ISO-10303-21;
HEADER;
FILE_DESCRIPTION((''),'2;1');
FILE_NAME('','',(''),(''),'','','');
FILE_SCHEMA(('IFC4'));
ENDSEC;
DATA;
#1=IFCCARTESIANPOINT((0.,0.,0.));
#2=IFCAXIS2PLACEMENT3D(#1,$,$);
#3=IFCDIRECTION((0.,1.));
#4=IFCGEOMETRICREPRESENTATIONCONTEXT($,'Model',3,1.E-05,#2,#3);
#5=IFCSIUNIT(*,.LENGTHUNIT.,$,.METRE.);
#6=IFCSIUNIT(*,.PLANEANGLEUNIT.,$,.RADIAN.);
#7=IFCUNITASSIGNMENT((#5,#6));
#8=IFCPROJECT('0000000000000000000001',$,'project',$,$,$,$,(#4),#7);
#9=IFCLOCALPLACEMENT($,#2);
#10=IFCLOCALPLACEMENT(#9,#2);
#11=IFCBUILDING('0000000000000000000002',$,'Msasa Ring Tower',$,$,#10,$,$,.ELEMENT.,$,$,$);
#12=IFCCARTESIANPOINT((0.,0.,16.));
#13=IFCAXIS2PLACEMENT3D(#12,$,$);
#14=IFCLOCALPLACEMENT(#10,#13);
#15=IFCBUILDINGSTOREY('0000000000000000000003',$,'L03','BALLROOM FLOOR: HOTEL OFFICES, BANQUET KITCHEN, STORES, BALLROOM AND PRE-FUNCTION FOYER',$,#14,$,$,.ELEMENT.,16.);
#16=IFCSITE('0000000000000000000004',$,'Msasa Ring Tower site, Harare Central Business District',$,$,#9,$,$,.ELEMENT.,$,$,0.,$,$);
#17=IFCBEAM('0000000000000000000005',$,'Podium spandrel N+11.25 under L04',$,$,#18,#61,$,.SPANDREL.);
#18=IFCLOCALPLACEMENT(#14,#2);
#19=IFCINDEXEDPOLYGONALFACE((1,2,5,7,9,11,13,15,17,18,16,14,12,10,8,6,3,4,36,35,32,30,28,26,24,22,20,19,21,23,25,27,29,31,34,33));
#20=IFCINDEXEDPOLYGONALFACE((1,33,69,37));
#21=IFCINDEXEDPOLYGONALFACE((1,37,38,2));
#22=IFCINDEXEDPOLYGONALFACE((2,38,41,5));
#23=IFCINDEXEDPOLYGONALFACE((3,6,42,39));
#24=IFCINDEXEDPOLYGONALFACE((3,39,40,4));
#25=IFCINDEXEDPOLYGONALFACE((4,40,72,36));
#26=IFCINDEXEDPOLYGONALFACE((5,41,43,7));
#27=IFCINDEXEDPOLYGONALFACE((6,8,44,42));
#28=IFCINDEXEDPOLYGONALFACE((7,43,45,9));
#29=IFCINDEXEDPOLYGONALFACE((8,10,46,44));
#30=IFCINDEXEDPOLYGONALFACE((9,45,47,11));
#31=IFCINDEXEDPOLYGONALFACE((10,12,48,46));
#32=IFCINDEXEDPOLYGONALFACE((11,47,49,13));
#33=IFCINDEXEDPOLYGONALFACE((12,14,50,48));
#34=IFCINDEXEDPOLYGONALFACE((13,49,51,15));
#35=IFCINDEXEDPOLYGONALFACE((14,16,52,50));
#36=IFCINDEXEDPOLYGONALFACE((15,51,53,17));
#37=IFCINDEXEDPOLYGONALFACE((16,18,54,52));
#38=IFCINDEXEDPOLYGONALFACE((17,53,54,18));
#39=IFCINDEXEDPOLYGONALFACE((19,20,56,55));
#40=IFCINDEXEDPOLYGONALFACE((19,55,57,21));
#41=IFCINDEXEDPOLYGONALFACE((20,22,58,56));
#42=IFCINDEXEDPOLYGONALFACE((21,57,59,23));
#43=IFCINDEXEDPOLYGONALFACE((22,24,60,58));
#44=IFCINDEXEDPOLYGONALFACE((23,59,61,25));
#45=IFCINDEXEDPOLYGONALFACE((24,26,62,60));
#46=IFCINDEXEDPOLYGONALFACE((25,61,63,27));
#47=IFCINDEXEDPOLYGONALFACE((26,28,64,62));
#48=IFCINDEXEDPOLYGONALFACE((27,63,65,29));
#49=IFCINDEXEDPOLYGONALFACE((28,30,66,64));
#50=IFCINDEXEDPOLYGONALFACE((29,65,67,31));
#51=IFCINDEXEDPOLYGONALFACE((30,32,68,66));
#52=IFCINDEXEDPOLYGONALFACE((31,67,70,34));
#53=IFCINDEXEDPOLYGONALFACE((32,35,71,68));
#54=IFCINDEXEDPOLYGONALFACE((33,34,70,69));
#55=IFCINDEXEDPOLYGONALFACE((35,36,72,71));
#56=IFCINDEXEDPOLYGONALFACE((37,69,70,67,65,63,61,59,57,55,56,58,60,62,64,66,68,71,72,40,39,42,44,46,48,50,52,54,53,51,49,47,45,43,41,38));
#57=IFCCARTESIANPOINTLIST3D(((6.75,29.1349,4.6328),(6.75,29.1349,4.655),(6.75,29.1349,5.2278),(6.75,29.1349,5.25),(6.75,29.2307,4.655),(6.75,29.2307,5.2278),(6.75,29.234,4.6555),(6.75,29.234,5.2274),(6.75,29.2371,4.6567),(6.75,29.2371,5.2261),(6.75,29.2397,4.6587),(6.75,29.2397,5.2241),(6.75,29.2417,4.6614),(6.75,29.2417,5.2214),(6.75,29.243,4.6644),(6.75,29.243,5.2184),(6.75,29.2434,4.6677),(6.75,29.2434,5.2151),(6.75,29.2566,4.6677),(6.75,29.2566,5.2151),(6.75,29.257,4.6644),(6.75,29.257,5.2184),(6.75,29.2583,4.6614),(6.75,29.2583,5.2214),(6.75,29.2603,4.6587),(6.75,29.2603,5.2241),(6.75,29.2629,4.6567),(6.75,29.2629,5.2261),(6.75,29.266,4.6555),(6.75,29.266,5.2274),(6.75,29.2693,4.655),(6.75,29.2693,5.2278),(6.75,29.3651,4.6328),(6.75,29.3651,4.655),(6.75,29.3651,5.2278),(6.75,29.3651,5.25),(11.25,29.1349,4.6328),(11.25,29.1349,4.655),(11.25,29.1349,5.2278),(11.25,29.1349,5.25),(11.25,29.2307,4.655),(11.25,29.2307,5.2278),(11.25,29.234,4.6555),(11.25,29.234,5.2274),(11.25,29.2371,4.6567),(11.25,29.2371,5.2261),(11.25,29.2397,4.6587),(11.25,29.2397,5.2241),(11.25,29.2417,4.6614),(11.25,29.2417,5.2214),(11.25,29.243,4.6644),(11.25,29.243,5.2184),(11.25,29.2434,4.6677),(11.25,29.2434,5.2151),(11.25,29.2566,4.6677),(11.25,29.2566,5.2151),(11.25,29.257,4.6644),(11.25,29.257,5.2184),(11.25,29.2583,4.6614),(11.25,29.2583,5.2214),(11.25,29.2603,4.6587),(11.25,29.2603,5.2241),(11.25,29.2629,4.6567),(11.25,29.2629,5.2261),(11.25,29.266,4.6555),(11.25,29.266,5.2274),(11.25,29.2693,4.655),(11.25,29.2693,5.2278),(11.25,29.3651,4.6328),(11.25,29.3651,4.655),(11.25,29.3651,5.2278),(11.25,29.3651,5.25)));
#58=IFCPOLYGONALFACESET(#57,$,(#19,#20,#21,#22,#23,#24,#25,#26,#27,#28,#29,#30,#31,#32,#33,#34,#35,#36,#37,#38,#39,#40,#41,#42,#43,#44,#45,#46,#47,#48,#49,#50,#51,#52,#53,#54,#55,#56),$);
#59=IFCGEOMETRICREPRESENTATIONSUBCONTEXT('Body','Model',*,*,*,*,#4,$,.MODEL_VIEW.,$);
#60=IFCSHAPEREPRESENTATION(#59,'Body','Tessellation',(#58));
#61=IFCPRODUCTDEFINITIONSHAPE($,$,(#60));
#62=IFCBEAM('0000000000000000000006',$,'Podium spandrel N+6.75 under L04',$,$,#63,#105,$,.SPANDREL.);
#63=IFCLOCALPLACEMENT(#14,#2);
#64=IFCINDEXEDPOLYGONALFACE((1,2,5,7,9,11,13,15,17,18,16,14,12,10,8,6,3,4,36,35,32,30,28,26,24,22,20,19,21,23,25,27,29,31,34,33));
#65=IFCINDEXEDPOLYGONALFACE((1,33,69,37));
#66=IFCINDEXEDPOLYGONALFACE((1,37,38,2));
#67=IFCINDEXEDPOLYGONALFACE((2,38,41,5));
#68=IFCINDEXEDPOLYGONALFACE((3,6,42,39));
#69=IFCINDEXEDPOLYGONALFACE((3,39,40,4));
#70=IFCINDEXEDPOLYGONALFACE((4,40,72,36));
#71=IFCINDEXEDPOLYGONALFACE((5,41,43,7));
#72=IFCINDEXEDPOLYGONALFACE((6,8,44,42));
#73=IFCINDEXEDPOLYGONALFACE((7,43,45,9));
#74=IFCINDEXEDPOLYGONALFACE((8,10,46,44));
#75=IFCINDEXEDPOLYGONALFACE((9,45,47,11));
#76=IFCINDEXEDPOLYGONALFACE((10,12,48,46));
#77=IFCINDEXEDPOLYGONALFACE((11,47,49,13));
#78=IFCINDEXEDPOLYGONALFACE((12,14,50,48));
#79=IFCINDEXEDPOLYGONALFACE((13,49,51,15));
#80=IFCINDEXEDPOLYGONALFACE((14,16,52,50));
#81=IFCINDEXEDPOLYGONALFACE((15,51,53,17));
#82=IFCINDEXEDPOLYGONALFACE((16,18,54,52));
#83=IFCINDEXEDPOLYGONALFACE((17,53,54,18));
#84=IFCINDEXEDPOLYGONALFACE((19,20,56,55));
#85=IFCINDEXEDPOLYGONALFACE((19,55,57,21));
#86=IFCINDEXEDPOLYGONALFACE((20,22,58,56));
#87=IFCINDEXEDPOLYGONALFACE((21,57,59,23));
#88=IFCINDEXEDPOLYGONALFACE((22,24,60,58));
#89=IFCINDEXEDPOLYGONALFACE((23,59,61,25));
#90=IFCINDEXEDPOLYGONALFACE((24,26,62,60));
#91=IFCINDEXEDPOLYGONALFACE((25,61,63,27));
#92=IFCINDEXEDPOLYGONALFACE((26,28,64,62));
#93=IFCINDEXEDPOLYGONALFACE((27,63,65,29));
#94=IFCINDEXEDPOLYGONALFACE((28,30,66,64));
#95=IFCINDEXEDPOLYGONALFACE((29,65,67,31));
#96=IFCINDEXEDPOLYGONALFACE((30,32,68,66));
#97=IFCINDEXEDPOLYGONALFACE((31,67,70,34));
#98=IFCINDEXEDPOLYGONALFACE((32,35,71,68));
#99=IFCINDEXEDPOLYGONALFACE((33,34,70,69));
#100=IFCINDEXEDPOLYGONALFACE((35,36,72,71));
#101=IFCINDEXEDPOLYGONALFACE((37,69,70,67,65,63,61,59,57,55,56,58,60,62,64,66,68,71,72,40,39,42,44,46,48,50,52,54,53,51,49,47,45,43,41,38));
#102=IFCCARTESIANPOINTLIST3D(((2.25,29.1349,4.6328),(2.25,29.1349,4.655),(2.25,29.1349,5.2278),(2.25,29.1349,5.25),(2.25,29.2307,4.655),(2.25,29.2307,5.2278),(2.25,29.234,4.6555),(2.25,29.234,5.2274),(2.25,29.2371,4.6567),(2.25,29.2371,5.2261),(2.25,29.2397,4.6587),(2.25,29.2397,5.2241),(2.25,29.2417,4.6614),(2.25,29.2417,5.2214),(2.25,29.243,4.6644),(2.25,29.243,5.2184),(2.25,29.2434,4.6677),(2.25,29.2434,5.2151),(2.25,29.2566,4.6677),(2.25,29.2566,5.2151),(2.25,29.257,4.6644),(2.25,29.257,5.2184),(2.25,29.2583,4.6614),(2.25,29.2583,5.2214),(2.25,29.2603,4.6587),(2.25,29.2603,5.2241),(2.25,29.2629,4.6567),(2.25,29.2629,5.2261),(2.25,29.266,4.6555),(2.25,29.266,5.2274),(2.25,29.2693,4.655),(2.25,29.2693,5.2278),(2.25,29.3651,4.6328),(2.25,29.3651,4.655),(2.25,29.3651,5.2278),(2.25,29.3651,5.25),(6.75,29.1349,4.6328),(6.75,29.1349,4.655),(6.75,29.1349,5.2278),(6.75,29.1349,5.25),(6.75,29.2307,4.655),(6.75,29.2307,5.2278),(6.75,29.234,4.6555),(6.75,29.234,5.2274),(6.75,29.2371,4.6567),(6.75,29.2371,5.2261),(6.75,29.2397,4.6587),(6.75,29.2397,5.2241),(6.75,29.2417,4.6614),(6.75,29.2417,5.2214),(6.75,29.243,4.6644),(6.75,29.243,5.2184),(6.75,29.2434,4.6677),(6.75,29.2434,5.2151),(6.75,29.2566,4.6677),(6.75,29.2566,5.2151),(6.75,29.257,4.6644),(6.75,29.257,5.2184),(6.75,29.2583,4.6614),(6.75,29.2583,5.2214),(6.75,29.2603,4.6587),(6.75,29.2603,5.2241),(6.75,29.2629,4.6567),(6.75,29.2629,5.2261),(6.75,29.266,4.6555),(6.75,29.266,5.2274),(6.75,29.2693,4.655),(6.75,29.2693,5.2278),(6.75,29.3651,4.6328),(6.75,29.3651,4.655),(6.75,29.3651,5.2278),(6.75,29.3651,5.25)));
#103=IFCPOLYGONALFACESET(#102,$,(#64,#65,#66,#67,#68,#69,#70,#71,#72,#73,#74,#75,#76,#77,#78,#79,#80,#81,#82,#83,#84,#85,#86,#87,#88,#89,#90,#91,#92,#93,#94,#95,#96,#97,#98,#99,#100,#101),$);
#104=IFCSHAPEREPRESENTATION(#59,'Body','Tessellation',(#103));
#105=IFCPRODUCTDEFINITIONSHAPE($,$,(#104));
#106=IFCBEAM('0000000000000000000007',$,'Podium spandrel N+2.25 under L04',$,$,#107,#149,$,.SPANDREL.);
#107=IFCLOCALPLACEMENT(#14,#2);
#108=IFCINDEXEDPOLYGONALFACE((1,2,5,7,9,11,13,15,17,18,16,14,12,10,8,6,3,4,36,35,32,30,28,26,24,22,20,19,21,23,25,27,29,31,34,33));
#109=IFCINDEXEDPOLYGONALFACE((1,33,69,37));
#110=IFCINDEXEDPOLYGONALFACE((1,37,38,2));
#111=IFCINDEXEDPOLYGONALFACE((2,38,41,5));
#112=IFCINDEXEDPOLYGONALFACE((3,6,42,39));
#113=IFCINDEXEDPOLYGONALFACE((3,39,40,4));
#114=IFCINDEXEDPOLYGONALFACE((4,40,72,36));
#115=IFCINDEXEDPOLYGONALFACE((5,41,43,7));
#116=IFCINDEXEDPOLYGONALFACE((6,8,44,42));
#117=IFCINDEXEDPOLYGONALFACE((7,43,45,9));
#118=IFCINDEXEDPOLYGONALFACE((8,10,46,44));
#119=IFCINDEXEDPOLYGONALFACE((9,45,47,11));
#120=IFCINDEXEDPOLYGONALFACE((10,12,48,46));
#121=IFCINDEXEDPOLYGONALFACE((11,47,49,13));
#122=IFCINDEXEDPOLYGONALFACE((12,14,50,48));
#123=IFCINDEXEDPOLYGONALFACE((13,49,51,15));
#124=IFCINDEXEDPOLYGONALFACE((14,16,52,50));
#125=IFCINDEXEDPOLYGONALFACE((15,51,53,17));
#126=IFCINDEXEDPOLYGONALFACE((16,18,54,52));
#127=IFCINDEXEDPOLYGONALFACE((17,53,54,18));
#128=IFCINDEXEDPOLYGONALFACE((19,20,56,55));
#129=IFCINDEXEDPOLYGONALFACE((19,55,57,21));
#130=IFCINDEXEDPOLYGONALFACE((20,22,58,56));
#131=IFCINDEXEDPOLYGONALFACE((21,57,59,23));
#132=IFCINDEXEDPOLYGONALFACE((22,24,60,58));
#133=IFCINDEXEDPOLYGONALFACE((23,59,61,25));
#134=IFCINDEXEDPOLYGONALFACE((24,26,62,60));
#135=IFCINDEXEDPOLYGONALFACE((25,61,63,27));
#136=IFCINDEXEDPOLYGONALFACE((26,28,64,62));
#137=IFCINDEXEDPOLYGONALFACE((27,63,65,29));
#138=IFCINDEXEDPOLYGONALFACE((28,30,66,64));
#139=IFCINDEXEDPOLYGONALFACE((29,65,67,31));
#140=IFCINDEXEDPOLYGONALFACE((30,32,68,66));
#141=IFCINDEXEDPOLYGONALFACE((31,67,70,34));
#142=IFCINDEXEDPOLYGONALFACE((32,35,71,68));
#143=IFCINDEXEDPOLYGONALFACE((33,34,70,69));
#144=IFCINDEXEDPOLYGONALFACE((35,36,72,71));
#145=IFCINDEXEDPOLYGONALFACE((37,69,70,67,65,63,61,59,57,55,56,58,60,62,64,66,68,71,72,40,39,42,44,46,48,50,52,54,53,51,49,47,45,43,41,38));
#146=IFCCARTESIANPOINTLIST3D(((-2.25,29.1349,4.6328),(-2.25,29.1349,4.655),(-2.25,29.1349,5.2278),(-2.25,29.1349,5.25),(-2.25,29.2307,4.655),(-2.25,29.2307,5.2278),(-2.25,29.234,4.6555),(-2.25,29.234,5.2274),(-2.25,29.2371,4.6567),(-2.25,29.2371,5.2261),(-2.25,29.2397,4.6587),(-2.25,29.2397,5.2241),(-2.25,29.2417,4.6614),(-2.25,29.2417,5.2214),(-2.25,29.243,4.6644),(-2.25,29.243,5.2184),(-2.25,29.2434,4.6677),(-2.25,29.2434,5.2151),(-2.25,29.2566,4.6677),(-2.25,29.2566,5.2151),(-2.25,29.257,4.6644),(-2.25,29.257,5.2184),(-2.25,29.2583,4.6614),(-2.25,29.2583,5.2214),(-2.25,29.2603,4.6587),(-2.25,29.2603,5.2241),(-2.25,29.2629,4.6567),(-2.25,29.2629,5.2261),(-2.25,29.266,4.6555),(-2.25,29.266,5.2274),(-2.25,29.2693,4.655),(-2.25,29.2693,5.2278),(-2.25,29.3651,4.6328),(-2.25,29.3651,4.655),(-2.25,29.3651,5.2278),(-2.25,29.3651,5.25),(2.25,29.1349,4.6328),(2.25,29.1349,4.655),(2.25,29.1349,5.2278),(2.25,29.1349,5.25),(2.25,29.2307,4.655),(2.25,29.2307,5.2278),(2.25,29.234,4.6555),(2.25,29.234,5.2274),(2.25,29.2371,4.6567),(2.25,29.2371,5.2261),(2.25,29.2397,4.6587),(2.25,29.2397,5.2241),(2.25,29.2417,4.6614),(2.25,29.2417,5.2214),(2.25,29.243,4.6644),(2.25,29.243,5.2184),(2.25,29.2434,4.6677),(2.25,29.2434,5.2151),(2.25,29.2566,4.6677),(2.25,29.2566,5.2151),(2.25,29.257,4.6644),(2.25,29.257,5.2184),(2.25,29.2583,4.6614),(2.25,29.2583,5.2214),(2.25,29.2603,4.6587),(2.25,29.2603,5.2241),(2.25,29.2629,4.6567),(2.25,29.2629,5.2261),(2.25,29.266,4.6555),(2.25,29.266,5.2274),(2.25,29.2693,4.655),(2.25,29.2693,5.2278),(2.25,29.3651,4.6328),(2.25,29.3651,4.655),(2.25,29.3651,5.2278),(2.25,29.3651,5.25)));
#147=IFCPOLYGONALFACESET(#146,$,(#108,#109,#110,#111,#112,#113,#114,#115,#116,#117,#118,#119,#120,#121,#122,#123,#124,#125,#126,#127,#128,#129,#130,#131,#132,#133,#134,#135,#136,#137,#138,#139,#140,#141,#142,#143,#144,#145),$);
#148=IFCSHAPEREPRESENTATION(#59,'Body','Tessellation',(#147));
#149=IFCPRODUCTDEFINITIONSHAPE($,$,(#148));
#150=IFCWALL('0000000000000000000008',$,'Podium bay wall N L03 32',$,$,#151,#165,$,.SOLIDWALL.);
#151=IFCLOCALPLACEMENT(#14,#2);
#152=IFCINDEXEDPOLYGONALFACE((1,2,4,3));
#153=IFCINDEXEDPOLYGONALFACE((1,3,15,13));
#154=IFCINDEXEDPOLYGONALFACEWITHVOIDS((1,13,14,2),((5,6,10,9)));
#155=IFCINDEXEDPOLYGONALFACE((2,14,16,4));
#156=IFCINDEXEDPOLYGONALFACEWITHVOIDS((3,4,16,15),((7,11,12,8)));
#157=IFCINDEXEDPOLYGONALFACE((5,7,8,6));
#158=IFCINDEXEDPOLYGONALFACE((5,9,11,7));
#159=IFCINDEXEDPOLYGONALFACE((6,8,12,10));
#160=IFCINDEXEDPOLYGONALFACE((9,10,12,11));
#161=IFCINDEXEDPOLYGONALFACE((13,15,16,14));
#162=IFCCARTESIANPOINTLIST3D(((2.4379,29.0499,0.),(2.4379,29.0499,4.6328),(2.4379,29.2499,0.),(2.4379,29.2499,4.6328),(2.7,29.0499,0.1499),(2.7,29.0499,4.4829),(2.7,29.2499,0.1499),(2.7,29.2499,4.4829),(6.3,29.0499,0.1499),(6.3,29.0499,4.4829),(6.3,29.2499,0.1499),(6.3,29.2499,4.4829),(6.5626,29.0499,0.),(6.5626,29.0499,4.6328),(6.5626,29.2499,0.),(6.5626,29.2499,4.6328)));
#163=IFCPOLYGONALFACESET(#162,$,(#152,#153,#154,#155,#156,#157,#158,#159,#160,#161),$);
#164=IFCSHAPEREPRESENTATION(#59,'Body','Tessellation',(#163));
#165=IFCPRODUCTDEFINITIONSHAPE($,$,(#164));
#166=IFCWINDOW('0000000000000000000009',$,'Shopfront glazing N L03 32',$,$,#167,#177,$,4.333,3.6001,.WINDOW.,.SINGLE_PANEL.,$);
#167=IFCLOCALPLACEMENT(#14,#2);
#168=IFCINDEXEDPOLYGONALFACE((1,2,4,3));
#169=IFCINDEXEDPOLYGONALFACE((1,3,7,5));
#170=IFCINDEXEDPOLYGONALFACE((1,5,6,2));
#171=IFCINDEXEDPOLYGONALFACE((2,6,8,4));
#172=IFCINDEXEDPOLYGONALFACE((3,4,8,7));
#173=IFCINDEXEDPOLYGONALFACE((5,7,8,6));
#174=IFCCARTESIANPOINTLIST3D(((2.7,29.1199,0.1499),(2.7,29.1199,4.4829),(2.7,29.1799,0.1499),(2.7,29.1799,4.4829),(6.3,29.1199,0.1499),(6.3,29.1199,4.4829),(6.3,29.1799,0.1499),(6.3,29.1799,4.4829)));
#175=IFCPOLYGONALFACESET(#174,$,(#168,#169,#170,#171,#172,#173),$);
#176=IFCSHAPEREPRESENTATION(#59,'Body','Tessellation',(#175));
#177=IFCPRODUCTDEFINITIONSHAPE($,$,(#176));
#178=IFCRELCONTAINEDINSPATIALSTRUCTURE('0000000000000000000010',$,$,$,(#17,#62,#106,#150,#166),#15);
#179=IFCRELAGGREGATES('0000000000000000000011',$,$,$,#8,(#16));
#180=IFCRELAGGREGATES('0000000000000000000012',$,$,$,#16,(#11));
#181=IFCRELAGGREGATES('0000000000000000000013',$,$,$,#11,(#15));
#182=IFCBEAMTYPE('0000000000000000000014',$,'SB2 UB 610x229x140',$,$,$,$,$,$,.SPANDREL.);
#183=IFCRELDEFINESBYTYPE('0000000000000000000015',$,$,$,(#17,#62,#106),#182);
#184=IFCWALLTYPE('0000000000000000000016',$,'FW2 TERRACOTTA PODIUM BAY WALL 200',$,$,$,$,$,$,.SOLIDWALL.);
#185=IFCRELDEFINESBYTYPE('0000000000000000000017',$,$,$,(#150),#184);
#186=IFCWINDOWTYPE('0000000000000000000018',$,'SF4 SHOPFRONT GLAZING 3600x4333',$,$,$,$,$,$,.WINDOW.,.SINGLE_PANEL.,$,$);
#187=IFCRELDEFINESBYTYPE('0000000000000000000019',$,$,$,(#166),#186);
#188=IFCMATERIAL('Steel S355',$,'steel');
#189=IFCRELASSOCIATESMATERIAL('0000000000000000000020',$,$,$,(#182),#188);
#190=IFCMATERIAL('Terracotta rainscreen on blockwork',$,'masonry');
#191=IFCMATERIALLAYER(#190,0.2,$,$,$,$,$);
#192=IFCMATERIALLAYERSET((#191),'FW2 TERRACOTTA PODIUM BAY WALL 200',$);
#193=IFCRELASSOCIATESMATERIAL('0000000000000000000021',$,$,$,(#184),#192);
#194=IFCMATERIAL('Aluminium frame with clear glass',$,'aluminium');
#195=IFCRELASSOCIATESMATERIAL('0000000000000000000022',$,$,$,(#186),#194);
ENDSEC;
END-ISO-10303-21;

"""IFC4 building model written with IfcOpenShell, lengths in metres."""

from ifc_helpers import new_model, si_unit, direction, frame, frame_2d, origin, origin_2d, place, context, subcontext, project, spatial, rectangle, i_section, extrude, material, layer, layer_set, material_profile, profile_set, type_object, element, fill, save


model = new_model("IFC4")

# Units and contexts
model_context = context("Model", 3, precision=1e-05, world=origin(), true_north=direction((0.0, 1.0)))
body_context = subcontext(model_context, "Body", "Model", "MODEL_VIEW")
ifc_project = project(units=[si_unit("LENGTHUNIT", "METRE"), si_unit("PLANEANGLEUNIT", "RADIAN")], contexts=[model_context])

# Site, building, storey
site_placement = place(None, origin())
site = spatial("IfcSite", under=ifc_project, at=site_placement, Name="Msasa Ring Tower site, Harare Central Business District", CompositionType="ELEMENT", RefElevation=0.0)
building_placement = place(site_placement, origin())
building = spatial("IfcBuilding", under=site, at=building_placement, Name="Msasa Ring Tower", CompositionType="ELEMENT")
storey_placement = place(building_placement, frame((0.0, 0.0, 16.0)))
storey = spatial("IfcBuildingStorey", under=building, at=storey_placement, Name="L03", Description="BALLROOM FLOOR: HOTEL OFFICES, BANQUET KITCHEN, STORES, BALLROOM AND PRE-FUNCTION FOYER", CompositionType="ELEMENT", Elevation=16.0)

# Beams
ifc_material_1 = material(Name="Steel S355", Category="steel")
ifc_material_profile_1 = material_profile(ifc_material_1, i_section(OverallWidth=0.2302, OverallDepth=0.6172, WebThickness=0.0132, FlangeThickness=0.0222, FilletRadius=0.0127, at=origin_2d()), Name="UB 610x229x140")
ifc_profile_set_1 = profile_set([ifc_material_profile_1], Name="Steel S355")
beam_type_1 = type_object("IfcBeamType", Name="SB2 UB 610x229x140", PredefinedType="SPANDREL", material=ifc_profile_set_1)
for number, where, z_axis, x_axis, name in (
    (1, (11.25, 29.25, 4.9414), (-1.0, 0.0, 0.0), (0.0, -1.0, 0.0), "Podium spandrel N+11.25 under L04"),
    (2, (6.75, 29.25, 4.9414), (-1.0, 0.0, 0.0), (0.0, -1.0, 0.0), "Podium spandrel N+6.75 under L04"),
    (3, (2.25, 29.25, 4.9414), (-1.0, 0.0, 0.0), (0.0, -1.0, 0.0), "Podium spandrel N+2.25 under L04"),
):
    element("IfcBeam", number, at=place(storey_placement, frame(where, z_axis=z_axis, x_axis=x_axis)), inside=storey, type_object=beam_type_1, Name=name, PredefinedType="SPANDREL", context=body_context, shape_type="SweptSolid", body=[
        extrude(i_section(OverallWidth=0.2302, OverallDepth=0.6172, WebThickness=0.0132, FlangeThickness=0.0222, FilletRadius=0.0127, at=origin_2d()), origin(), (0.0, 0.0, 1.0), 4.5),
    ])

# Wall, opening, window
ifc_material_2 = material(Name="Terracotta rainscreen on blockwork", Category="masonry")
ifc_layer = layer(ifc_material_2, 0.2)
ifc_layer_set = layer_set([ifc_layer], Name="FW2 TERRACOTTA PODIUM BAY WALL 200")
wall_type = type_object("IfcWallType", Name="FW2 TERRACOTTA PODIUM BAY WALL 200", PredefinedType="SOLIDWALL", material=ifc_layer_set)
wall_1_placement = place(storey_placement, frame((2.4377, 29.1499, 0.0), z_axis=(0.0, 0.0, 1.0), x_axis=(1.0, 0.0, 0.0)))
wall_1 = element("IfcWall", 4, at=wall_1_placement, inside=storey, type_object=wall_type, Name="Podium bay wall N L03 32", PredefinedType="SOLIDWALL", context=body_context, shape_type="SweptSolid", body=[
    extrude(rectangle(XDim=4.1248, YDim=0.2, at=frame_2d((2.0625, 0.0))), origin(), (0.0, 0.0, 1.0), 4.6328),
])
opening_1_placement = place(wall_1_placement, frame((0.2622, 0.0, 0.1499)))
opening_1 = element("IfcOpeningElement", 5, at=opening_1_placement, cuts=wall_1, PredefinedType="OPENING", context=body_context, shape_type="SweptSolid", body=[
    extrude(rectangle(XDim=3.6001, YDim=4.333, at=frame_2d((1.8, 2.1665))), frame((0.0, 0.1099, 0.0), z_axis=(0.0, -1.0, 0.0), x_axis=(1.0, 0.0, 0.0)), (0.0, 0.0, 1.0), 0.22),
])
ifc_material_3 = material(Name="Aluminium frame with clear glass", Category="aluminium")
window_type = type_object("IfcWindowType", Name="SF4 SHOPFRONT GLAZING 3600x4333", PartitioningType="SINGLE_PANEL", PredefinedType="WINDOW", material=ifc_material_3)
window_1_placement = place(opening_1_placement, origin())
window_1 = element("IfcWindow", 6, at=window_1_placement, inside=storey, type_object=window_type, Name="Shopfront glazing N L03 32", OverallHeight=4.333, OverallWidth=3.6001, PartitioningType="SINGLE_PANEL", PredefinedType="WINDOW", context=body_context, shape_type="SweptSolid", body=[
    extrude(rectangle(XDim=3.6001, YDim=4.333, at=frame_2d((1.8, 2.1665))), frame((0.0, 0.03, 0.0), z_axis=(0.0, -1.0, 0.0), x_axis=(1.0, 0.0, 0.0)), (0.0, 0.0, 1.0), 0.0601),
])
fill(opening_1, window_1)

save(model, "model.ifc")
